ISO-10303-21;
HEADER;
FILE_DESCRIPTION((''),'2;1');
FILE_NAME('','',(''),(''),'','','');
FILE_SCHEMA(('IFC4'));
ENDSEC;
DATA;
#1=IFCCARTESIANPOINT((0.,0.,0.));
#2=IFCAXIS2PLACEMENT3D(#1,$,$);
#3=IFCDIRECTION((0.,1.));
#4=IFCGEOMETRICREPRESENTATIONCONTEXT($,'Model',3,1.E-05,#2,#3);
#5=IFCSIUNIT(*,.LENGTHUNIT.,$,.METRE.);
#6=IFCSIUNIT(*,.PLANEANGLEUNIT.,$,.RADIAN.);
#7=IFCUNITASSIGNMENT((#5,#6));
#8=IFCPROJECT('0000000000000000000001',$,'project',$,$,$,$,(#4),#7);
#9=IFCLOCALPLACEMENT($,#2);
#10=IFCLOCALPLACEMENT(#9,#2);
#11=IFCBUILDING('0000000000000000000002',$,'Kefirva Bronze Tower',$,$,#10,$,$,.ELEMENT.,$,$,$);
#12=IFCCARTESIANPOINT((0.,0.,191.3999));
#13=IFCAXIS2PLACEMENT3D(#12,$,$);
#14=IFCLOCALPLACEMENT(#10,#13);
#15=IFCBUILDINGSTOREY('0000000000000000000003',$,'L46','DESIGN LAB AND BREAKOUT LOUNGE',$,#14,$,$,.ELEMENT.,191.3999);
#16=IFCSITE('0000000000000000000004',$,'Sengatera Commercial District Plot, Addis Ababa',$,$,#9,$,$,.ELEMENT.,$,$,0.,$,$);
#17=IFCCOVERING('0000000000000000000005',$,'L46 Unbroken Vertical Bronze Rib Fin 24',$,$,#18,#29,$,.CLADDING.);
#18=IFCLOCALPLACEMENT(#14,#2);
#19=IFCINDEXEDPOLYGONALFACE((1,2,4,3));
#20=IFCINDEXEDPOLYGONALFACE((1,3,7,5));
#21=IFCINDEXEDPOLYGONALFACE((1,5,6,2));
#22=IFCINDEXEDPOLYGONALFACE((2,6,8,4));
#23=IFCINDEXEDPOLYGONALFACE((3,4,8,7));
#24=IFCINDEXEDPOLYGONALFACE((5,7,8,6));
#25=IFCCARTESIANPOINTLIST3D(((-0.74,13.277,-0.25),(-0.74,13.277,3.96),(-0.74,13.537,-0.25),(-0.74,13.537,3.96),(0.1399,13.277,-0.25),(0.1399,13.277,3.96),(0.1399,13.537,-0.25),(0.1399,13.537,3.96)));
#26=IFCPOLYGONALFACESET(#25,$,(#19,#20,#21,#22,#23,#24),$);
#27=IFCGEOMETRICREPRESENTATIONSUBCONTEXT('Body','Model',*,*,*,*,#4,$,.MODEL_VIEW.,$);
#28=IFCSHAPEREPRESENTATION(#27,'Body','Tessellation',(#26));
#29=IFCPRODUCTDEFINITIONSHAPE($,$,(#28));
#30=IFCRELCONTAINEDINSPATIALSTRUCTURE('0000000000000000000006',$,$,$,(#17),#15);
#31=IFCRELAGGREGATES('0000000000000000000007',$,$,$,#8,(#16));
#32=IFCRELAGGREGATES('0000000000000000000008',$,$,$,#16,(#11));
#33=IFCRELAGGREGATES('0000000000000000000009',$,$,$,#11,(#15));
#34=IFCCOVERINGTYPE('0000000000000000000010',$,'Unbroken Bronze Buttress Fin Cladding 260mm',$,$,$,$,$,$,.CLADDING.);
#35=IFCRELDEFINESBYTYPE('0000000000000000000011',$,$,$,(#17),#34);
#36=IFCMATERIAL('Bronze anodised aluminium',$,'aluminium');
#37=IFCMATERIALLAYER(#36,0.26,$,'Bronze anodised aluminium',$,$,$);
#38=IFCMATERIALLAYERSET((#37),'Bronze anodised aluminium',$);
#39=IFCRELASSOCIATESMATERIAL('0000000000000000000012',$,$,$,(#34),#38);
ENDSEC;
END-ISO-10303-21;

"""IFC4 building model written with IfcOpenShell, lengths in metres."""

from ifc_helpers import new_model, si_unit, direction, frame, origin, origin_2d, place, context, subcontext, project, spatial, rectangle, extrude, material, layer, layer_set, type_object, element, save


model = new_model("IFC4")

# Units and contexts
model_context = context("Model", 3, precision=1e-05, world=origin(), true_north=direction((0.0, 1.0)))
body_context = subcontext(model_context, "Body", "Model", "MODEL_VIEW")
ifc_project = project(units=[si_unit("LENGTHUNIT", "METRE"), si_unit("PLANEANGLEUNIT", "RADIAN")], contexts=[model_context])

# Site, building, storey
site_placement = place(None, origin())
site = spatial("IfcSite", under=ifc_project, at=site_placement, Name="Sengatera Commercial District Plot, Addis Ababa", CompositionType="ELEMENT", RefElevation=0.0)
building_placement = place(site_placement, origin())
building = spatial("IfcBuilding", under=site, at=building_placement, Name="Kefirva Bronze Tower", CompositionType="ELEMENT")
storey_placement = place(building_placement, frame((0.0, 0.0, 191.3999)))
storey = spatial("IfcBuildingStorey", under=building, at=storey_placement, Name="L46", Description="DESIGN LAB AND BREAKOUT LOUNGE", CompositionType="ELEMENT", Elevation=191.3999)

# Shared definitions
ifc_material_1 = material(Name="Bronze anodised aluminium", Category="aluminium")

# Covering
ifc_layer_1 = layer(ifc_material_1, 0.26, Name="Bronze anodised aluminium")
ifc_layer_set_1 = layer_set([ifc_layer_1], Name="Bronze anodised aluminium")
covering_type = type_object("IfcCoveringType", Name="Unbroken Bronze Buttress Fin Cladding 260mm", PredefinedType="CLADDING", material=ifc_layer_set_1)
covering_placement = place(storey_placement, frame((-0.3, 13.407, -0.25), z_axis=(0.0, 0.0, 1.0), x_axis=(0.0, -1.0, 0.0)))
element("IfcCovering", 1, at=covering_placement, inside=storey, type_object=covering_type, Name="L46 Unbroken Vertical Bronze Rib Fin 24", PredefinedType="CLADDING", context=body_context, shape_type="SweptSolid", body=[
    extrude(rectangle(XDim=0.26, YDim=0.8799, at=origin_2d()), origin(), (0.0, 0.0, 1.0), 4.21),
])

save(model, "model.ifc")
